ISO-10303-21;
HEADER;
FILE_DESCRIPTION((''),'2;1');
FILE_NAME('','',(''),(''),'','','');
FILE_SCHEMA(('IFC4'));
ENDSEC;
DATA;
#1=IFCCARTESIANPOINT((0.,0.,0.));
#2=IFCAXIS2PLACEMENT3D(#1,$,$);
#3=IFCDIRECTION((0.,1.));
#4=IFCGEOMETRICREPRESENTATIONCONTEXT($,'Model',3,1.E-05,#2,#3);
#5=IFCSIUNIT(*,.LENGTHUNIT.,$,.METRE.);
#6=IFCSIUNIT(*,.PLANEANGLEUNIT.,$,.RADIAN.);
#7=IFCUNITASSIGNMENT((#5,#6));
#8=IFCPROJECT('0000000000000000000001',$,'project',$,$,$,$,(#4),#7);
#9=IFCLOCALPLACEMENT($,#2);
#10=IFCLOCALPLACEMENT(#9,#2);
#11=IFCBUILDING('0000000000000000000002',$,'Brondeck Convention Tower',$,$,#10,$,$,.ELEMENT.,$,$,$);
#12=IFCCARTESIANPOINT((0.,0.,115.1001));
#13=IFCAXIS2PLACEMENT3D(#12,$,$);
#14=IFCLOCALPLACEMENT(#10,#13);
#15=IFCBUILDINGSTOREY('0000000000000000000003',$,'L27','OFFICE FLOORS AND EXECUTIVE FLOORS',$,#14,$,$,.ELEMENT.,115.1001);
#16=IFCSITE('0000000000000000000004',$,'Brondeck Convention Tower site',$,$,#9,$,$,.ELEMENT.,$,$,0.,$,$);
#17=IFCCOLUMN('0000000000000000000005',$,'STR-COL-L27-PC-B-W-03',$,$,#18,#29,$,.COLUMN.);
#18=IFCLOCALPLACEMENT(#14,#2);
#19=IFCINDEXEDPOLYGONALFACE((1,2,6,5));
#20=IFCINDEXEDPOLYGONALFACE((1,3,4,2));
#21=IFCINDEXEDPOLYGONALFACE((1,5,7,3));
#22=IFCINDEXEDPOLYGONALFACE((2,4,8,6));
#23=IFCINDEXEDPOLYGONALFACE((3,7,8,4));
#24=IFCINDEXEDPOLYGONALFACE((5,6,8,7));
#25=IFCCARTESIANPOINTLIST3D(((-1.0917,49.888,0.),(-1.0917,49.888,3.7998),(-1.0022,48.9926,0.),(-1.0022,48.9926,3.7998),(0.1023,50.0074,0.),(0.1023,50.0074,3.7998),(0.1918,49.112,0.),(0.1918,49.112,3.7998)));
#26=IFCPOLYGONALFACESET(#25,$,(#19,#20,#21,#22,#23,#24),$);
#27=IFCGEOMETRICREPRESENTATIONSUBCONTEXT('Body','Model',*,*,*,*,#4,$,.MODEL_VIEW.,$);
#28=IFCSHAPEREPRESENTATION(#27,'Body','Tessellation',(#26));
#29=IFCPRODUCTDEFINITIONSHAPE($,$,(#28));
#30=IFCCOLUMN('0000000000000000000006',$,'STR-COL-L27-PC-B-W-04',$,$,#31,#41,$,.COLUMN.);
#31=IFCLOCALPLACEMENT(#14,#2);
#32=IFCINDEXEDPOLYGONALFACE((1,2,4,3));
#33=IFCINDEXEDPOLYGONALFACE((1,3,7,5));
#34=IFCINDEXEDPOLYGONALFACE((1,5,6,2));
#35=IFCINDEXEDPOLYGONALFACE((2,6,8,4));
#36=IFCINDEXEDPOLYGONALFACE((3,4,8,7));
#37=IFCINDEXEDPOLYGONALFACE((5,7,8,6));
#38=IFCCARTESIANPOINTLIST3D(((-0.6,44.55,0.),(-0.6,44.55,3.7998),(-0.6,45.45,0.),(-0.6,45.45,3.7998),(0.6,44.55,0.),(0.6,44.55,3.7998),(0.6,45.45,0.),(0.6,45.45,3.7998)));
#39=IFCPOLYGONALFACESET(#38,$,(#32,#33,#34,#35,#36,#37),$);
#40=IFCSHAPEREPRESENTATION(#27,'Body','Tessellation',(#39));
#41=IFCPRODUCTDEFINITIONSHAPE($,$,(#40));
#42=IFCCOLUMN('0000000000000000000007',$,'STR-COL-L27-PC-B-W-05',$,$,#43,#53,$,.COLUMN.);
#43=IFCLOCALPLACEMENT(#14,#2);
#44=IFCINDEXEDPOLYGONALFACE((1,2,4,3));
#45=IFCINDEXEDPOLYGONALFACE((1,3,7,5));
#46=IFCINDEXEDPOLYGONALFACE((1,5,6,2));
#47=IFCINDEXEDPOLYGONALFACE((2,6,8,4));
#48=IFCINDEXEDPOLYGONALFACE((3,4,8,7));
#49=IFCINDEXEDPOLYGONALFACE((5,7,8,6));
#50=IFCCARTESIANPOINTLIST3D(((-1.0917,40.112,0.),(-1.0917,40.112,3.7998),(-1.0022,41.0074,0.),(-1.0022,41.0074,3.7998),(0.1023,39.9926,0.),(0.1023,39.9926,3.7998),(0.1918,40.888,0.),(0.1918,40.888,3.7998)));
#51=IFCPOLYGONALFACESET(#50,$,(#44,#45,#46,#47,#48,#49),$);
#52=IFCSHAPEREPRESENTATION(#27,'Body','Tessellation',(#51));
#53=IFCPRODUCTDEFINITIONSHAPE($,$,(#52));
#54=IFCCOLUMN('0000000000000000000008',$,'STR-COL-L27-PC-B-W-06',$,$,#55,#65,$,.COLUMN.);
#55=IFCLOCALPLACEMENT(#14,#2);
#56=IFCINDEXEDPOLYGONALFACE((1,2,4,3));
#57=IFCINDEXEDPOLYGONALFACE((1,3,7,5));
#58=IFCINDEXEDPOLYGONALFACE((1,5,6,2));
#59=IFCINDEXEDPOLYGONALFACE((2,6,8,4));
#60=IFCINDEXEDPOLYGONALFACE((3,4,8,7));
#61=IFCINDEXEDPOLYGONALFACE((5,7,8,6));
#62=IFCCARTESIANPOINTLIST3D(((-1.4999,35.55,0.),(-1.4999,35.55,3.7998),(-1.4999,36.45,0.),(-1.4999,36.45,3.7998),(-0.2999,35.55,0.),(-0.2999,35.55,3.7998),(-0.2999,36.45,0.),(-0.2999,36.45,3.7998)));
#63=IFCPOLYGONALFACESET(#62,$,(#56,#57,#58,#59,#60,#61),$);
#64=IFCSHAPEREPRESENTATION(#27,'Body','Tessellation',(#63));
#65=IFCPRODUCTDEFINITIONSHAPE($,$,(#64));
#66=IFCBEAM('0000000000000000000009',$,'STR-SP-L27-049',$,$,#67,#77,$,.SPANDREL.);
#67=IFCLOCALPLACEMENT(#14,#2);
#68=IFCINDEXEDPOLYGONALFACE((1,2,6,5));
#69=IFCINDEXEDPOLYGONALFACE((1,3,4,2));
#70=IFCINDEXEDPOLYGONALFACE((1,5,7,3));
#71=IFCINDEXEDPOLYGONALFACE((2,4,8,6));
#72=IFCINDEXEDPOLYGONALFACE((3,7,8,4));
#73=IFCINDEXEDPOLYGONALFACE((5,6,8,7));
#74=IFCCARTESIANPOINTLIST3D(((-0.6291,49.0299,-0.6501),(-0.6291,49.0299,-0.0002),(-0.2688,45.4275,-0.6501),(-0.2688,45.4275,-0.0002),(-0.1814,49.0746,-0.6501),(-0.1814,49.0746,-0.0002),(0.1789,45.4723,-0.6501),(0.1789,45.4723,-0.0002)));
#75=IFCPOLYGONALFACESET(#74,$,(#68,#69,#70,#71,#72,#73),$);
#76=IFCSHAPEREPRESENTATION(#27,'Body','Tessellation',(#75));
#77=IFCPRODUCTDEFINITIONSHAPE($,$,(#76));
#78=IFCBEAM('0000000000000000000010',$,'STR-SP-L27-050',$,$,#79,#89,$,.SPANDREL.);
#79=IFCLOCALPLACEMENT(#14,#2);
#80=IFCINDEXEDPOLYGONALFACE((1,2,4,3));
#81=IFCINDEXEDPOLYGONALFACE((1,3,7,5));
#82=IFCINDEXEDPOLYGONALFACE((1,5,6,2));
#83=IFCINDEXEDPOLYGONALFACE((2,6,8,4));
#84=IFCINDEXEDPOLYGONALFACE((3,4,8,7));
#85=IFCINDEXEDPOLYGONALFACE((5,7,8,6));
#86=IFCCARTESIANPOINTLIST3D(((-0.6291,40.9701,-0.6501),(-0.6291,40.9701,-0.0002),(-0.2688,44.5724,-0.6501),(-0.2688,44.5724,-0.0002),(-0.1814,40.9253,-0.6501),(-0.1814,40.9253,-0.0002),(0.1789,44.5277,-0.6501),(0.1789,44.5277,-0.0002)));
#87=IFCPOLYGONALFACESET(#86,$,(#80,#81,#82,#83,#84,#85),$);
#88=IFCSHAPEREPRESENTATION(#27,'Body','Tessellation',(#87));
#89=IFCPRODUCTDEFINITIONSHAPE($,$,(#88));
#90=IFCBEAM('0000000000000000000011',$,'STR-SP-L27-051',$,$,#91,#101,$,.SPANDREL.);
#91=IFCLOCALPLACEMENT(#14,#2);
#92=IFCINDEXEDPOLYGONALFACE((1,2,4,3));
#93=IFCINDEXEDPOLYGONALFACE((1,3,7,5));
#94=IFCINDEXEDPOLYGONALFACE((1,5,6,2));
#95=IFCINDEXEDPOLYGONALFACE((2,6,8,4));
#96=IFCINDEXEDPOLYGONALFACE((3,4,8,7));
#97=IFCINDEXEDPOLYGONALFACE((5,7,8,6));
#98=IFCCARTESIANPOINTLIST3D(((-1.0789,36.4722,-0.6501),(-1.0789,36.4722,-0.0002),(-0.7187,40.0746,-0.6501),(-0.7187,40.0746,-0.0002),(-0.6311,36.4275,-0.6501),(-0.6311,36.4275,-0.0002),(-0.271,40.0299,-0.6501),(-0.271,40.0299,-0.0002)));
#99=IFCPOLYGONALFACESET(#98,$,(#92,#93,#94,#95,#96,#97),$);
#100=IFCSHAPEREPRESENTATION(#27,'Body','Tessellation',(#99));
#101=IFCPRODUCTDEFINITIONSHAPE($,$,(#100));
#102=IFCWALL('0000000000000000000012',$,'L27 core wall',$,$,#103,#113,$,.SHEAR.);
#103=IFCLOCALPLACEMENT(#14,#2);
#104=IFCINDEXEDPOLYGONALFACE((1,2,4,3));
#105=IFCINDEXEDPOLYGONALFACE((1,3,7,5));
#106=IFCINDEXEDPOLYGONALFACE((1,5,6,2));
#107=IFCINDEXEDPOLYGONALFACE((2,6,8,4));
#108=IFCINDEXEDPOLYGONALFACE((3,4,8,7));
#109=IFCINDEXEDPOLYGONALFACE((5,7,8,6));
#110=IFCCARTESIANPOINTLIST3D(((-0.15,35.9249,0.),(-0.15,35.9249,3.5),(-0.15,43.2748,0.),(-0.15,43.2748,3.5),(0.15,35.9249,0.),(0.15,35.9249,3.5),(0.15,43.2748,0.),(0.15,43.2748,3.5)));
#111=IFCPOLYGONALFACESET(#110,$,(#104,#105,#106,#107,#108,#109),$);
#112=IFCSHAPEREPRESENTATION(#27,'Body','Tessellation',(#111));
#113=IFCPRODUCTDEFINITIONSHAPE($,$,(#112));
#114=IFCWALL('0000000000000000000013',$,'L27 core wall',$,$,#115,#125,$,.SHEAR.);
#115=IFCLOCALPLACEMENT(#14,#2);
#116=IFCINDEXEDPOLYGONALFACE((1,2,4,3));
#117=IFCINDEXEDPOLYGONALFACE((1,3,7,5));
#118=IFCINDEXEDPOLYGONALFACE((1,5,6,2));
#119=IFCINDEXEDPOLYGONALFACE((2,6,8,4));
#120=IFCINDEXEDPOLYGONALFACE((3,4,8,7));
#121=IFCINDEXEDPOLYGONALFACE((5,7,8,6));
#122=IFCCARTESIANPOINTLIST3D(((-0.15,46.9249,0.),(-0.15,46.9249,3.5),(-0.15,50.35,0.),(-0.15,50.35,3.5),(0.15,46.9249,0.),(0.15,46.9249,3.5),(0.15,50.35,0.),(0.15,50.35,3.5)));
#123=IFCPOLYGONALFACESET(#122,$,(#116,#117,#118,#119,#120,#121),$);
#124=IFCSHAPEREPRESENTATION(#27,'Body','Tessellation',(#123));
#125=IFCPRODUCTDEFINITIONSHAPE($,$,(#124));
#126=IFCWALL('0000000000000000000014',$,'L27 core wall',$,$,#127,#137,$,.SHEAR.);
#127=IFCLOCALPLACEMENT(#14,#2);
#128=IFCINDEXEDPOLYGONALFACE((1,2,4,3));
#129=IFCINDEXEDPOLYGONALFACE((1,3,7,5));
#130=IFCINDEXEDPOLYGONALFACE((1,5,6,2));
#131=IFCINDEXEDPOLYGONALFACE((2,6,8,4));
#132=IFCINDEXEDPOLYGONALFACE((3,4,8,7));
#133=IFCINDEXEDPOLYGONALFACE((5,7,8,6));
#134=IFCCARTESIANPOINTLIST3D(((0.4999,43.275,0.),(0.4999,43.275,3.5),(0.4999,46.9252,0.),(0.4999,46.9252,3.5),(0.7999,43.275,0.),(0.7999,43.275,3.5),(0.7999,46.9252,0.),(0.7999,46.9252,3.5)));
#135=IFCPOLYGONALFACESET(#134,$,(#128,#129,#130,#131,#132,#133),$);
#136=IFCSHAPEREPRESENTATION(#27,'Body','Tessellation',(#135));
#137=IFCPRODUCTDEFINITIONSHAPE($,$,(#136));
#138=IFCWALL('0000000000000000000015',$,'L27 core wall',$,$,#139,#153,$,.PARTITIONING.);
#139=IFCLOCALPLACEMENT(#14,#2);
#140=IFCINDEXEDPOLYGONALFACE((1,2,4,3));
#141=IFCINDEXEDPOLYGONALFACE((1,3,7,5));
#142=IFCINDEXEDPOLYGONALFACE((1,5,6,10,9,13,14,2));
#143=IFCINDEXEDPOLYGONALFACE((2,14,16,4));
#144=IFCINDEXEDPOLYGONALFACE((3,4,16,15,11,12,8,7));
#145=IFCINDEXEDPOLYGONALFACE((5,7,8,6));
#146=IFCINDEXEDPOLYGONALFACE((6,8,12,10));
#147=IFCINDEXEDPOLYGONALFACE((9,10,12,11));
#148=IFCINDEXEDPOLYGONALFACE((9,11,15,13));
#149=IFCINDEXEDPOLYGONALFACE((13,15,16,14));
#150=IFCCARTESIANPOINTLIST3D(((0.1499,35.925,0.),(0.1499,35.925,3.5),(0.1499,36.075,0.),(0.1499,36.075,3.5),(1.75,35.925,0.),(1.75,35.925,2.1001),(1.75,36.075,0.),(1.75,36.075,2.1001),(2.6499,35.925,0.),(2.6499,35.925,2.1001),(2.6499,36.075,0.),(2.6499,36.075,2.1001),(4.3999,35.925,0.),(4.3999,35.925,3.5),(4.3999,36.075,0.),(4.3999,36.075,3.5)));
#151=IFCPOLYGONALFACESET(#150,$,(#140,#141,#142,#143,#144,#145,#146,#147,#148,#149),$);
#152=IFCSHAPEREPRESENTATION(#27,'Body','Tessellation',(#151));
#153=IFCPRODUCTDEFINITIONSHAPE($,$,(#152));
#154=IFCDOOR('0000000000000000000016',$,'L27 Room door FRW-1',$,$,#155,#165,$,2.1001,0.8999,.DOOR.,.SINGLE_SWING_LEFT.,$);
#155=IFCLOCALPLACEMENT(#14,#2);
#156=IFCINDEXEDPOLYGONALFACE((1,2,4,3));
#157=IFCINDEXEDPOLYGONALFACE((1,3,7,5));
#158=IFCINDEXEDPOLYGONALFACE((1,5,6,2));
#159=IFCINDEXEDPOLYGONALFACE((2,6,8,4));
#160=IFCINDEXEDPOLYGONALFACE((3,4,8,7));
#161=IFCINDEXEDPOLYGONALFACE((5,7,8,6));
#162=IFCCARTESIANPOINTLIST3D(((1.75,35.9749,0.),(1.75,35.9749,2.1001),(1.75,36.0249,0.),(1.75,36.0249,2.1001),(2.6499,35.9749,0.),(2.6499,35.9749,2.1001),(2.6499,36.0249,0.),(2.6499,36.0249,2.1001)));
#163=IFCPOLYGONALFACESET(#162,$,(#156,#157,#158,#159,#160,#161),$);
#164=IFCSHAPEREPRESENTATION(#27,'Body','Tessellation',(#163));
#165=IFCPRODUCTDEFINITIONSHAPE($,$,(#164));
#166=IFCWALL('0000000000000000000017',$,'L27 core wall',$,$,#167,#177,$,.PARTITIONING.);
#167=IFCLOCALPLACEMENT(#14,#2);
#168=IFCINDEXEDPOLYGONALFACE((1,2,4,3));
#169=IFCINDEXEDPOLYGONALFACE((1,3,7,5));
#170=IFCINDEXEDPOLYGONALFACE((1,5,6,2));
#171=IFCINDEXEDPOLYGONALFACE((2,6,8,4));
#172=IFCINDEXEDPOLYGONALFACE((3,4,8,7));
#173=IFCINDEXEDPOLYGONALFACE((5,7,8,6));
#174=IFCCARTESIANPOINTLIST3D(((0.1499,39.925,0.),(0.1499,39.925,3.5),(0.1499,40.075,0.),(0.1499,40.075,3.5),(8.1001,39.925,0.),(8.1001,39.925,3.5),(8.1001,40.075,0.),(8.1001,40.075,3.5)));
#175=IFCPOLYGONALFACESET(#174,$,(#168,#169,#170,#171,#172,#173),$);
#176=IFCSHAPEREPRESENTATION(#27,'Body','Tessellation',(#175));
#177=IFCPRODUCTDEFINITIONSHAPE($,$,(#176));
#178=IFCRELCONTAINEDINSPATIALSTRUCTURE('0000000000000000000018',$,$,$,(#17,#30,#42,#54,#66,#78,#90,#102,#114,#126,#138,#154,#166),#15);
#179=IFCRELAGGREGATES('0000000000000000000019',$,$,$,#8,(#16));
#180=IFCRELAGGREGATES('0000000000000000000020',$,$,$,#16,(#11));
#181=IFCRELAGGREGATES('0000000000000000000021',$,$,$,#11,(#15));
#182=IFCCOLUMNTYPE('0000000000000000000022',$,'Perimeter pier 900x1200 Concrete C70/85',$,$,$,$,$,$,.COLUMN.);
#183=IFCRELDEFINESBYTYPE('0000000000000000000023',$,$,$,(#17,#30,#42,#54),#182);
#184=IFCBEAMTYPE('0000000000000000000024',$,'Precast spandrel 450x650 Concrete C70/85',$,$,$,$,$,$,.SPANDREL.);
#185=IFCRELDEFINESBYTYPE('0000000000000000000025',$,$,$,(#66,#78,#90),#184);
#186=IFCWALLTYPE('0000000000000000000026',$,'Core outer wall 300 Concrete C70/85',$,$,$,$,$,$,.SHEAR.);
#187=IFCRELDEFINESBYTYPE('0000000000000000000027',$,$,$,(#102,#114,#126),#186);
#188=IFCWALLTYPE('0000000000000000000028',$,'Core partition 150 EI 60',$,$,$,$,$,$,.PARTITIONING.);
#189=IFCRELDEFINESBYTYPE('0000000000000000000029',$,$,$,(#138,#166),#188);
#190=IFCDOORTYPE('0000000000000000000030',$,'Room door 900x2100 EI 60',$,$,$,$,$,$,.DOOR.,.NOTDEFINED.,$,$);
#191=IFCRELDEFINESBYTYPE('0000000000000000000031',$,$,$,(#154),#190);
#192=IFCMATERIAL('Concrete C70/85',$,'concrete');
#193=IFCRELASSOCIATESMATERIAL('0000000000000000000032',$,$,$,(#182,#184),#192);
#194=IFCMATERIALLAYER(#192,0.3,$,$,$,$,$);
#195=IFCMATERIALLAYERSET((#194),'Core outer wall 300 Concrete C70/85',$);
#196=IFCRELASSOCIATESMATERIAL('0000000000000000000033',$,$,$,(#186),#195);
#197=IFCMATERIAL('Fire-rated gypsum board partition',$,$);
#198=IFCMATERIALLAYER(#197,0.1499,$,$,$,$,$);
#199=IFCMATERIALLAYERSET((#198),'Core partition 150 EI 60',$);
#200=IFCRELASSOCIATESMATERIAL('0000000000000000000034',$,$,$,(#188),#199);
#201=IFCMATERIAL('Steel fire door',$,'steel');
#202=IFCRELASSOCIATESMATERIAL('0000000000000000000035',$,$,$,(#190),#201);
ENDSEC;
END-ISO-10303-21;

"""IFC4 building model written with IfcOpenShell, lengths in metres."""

from ifc_helpers import new_model, si_unit, direction, frame, frame_2d, origin, origin_2d, place, context, subcontext, project, spatial, rectangle, extrude, material, layer, layer_set, material_profile, profile_set, type_object, element, fill, save


model = new_model("IFC4")

# Units and contexts
model_context = context("Model", 3, precision=1e-05, world=origin(), true_north=direction((0.0, 1.0)))
body_context = subcontext(model_context, "Body", "Model", "MODEL_VIEW")
ifc_project = project(units=[si_unit("LENGTHUNIT", "METRE"), si_unit("PLANEANGLEUNIT", "RADIAN")], contexts=[model_context])

# Site, building, storey
site_placement = place(None, origin())
site = spatial("IfcSite", under=ifc_project, at=site_placement, Name="Brondeck Convention Tower site", CompositionType="ELEMENT", RefElevation=0.0)
building_placement = place(site_placement, origin())
building = spatial("IfcBuilding", under=site, at=building_placement, Name="Brondeck Convention Tower", CompositionType="ELEMENT")
storey_placement = place(building_placement, frame((0.0, 0.0, 115.1001)))
storey = spatial("IfcBuildingStorey", under=building, at=storey_placement, Name="L27", Description="OFFICE FLOORS AND EXECUTIVE FLOORS", CompositionType="ELEMENT", Elevation=115.1001)

# Columns
ifc_material_1 = material(Name="Concrete C70/85", Category="concrete")
ifc_material_profile_1 = material_profile(ifc_material_1, rectangle(XDim=0.8999, YDim=1.2, at=origin_2d()), Name="Perimeter pier 900x1200 Concrete C70/85")
ifc_profile_set_1 = profile_set([ifc_material_profile_1], Name="Concrete C70/85")
column_type = type_object("IfcColumnType", Name="Perimeter pier 900x1200 Concrete C70/85", PredefinedType="COLUMN", material=ifc_profile_set_1)
for number, where, z_axis, x_axis, name in (
    (1, (-0.45, 49.5, 0.0), (0.0, 0.0, 1.0), (0.099504, -0.995037, 0.0), "STR-COL-L27-PC-B-W-03"),
    (2, (0.0, 45.0, 0.0), (0.0, 0.0, 1.0), (0.0, -1.0, 0.0), "STR-COL-L27-PC-B-W-04"),
    (3, (-0.45, 40.5, 0.0), (0.0, 0.0, 1.0), (-0.099504, -0.995037, 0.0), "STR-COL-L27-PC-B-W-05"),
    (4, (-0.8999, 36.0, 0.0), (0.0, 0.0, 1.0), (0.0, -1.0, 0.0), "STR-COL-L27-PC-B-W-06"),
):
    element("IfcColumn", number, at=place(storey_placement, frame(where, z_axis=z_axis, x_axis=x_axis)), inside=storey, type_object=column_type, Name=name, PredefinedType="COLUMN", context=body_context, shape_type="SweptSolid", body=[
        extrude(rectangle(XDim=0.8999, YDim=1.2, at=origin_2d()), origin(), (0.0, 0.0, 1.0), 3.7998),
    ])

# Beams
ifc_material_profile_2 = material_profile(ifc_material_1, rectangle(XDim=0.45, YDim=0.6499, at=origin_2d()), Name="Precast spandrel 450x650 Concrete C70/85")
ifc_profile_set_2 = profile_set([ifc_material_profile_2], Name="Concrete C70/85")
beam_type = type_object("IfcBeamType", Name="Precast spandrel 450x650 Concrete C70/85", PredefinedType="SPANDREL", material=ifc_profile_set_2)
for number, where, z_axis, x_axis, name in (
    (5, (-0.4053, 49.0522, -0.3252), (0.099537, -0.995034, 0.0), (0.995034, 0.099537, 0.0), "STR-SP-L27-049"),
    (6, (-0.0449, 44.55, -0.3252), (-0.099537, -0.995034, 0.0), (0.995034, -0.099537, 0.0), "STR-SP-L27-050"),
    (7, (-0.4949, 40.0522, -0.3252), (-0.09947, -0.995041, 0.0), (0.995041, -0.09947, 0.0), "STR-SP-L27-051"),
):
    element("IfcBeam", number, at=place(storey_placement, frame(where, z_axis=z_axis, x_axis=x_axis)), inside=storey, type_object=beam_type, Name=name, PredefinedType="SPANDREL", context=body_context, shape_type="SweptSolid", body=[
        extrude(rectangle(XDim=0.45, YDim=0.6499, at=origin_2d()), origin(), (0.0, 0.0, 1.0), 3.6204),
    ])

# Walls
ifc_layer_1 = layer(ifc_material_1, 0.3)
ifc_layer_set_1 = layer_set([ifc_layer_1], Name="Core outer wall 300 Concrete C70/85")
wall_type_1 = type_object("IfcWallType", Name="Core outer wall 300 Concrete C70/85", PredefinedType="SHEAR", material=ifc_layer_set_1)
wall_1_placement = place(storey_placement, frame((0.0, 35.925, 0.0), z_axis=(0.0, 0.0, 1.0), x_axis=(0.0, 1.0, 0.0)))
element("IfcWall", 8, at=wall_1_placement, inside=storey, type_object=wall_type_1, Name="L27 core wall", PredefinedType="SHEAR", context=body_context, shape_type="SweptSolid", body=[
    extrude(rectangle(XDim=7.3499, YDim=0.3, at=frame_2d((3.6748, 0.0))), origin(), (0.0, 0.0, 1.0), 3.5),
])
wall_2_placement = place(storey_placement, frame((0.0, 46.925, 0.0), z_axis=(0.0, 0.0, 1.0), x_axis=(0.0, 1.0, 0.0)))
element("IfcWall", 9, at=wall_2_placement, inside=storey, type_object=wall_type_1, Name="L27 core wall", PredefinedType="SHEAR", context=body_context, shape_type="SweptSolid", body=[
    extrude(rectangle(XDim=3.425, YDim=0.3, at=frame_2d((1.7124, 0.0))), origin(), (0.0, 0.0, 1.0), 3.5),
])
wall_3_placement = place(storey_placement, frame((0.6499, 43.2749, 0.0), z_axis=(0.0, 0.0, 1.0), x_axis=(0.0, 1.0, 0.0)))
element("IfcWall", 10, at=wall_3_placement, inside=storey, type_object=wall_type_1, Name="L27 core wall", PredefinedType="SHEAR", context=body_context, shape_type="SweptSolid", body=[
    extrude(rectangle(XDim=3.6501, YDim=0.3, at=frame_2d((1.8252, 0.0))), origin(), (0.0, 0.0, 1.0), 3.5),
])

# Wall, opening, door
ifc_material_2 = material(Name="Fire-rated gypsum board partition")
ifc_layer_2 = layer(ifc_material_2, 0.1499)
ifc_layer_set_2 = layer_set([ifc_layer_2], Name="Core partition 150 EI 60")
wall_type_2 = type_object("IfcWallType", Name="Core partition 150 EI 60", PredefinedType="PARTITIONING", material=ifc_layer_set_2)
wall_4_placement = place(storey_placement, frame((0.1499, 36.0, 0.0), z_axis=(0.0, 0.0, 1.0), x_axis=(1.0, 0.0, 0.0)))
wall_4 = element("IfcWall", 11, at=wall_4_placement, inside=storey, type_object=wall_type_2, Name="L27 core wall", PredefinedType="PARTITIONING", context=body_context, shape_type="SweptSolid", body=[
    extrude(rectangle(XDim=4.25, YDim=0.1499, at=frame_2d((2.125, 0.0))), origin(), (0.0, 0.0, 1.0), 3.5),
])
opening_1_placement = place(wall_4_placement, frame((1.6001, 0.0, 0.0)))
opening_1 = element("IfcOpeningElement", 12, at=opening_1_placement, cuts=wall_4, PredefinedType="OPENING", context=body_context, shape_type="SweptSolid", body=[
    extrude(rectangle(XDim=0.8999, YDim=2.1001, at=frame_2d((0.45, 1.05))), frame((0.0, 0.085, 0.0), z_axis=(0.0, -1.0, 0.0), x_axis=(1.0, 0.0, 0.0)), (0.0, 0.0, 1.0), 0.1699),
])
ifc_material_3 = material(Name="Steel fire door", Category="steel")
door_type_1 = type_object("IfcDoorType", Name="Room door 900x2100 EI 60", OperationType="NOTDEFINED", PredefinedType="DOOR", material=ifc_material_3)
door_1_placement = place(opening_1_placement, origin())
door_1 = element("IfcDoor", 13, at=door_1_placement, inside=storey, type_object=door_type_1, Name="L27 Room door FRW-1", OperationType="SINGLE_SWING_LEFT", OverallHeight=2.1001, OverallWidth=0.8999, PredefinedType="DOOR", context=body_context, shape_type="SweptSolid", body=[
    extrude(rectangle(XDim=0.8999, YDim=2.1001, at=frame_2d((0.45, 1.05))), frame((0.0, 0.0249, 0.0), z_axis=(0.0, -1.0, 0.0), x_axis=(1.0, 0.0, 0.0)), (0.0, 0.0, 1.0), 0.05),
])
fill(opening_1, door_1)

# Wall
wall_5_placement = place(storey_placement, frame((0.1499, 40.0, 0.0), z_axis=(0.0, 0.0, 1.0), x_axis=(1.0, 0.0, 0.0)))
element("IfcWall", 14, at=wall_5_placement, inside=storey, type_object=wall_type_2, Name="L27 core wall", PredefinedType="PARTITIONING", context=body_context, shape_type="SweptSolid", body=[
    extrude(rectangle(XDim=7.9502, YDim=0.1499, at=frame_2d((3.9751, 0.0))), origin(), (0.0, 0.0, 1.0), 3.5),
])

save(model, "model.ifc")
